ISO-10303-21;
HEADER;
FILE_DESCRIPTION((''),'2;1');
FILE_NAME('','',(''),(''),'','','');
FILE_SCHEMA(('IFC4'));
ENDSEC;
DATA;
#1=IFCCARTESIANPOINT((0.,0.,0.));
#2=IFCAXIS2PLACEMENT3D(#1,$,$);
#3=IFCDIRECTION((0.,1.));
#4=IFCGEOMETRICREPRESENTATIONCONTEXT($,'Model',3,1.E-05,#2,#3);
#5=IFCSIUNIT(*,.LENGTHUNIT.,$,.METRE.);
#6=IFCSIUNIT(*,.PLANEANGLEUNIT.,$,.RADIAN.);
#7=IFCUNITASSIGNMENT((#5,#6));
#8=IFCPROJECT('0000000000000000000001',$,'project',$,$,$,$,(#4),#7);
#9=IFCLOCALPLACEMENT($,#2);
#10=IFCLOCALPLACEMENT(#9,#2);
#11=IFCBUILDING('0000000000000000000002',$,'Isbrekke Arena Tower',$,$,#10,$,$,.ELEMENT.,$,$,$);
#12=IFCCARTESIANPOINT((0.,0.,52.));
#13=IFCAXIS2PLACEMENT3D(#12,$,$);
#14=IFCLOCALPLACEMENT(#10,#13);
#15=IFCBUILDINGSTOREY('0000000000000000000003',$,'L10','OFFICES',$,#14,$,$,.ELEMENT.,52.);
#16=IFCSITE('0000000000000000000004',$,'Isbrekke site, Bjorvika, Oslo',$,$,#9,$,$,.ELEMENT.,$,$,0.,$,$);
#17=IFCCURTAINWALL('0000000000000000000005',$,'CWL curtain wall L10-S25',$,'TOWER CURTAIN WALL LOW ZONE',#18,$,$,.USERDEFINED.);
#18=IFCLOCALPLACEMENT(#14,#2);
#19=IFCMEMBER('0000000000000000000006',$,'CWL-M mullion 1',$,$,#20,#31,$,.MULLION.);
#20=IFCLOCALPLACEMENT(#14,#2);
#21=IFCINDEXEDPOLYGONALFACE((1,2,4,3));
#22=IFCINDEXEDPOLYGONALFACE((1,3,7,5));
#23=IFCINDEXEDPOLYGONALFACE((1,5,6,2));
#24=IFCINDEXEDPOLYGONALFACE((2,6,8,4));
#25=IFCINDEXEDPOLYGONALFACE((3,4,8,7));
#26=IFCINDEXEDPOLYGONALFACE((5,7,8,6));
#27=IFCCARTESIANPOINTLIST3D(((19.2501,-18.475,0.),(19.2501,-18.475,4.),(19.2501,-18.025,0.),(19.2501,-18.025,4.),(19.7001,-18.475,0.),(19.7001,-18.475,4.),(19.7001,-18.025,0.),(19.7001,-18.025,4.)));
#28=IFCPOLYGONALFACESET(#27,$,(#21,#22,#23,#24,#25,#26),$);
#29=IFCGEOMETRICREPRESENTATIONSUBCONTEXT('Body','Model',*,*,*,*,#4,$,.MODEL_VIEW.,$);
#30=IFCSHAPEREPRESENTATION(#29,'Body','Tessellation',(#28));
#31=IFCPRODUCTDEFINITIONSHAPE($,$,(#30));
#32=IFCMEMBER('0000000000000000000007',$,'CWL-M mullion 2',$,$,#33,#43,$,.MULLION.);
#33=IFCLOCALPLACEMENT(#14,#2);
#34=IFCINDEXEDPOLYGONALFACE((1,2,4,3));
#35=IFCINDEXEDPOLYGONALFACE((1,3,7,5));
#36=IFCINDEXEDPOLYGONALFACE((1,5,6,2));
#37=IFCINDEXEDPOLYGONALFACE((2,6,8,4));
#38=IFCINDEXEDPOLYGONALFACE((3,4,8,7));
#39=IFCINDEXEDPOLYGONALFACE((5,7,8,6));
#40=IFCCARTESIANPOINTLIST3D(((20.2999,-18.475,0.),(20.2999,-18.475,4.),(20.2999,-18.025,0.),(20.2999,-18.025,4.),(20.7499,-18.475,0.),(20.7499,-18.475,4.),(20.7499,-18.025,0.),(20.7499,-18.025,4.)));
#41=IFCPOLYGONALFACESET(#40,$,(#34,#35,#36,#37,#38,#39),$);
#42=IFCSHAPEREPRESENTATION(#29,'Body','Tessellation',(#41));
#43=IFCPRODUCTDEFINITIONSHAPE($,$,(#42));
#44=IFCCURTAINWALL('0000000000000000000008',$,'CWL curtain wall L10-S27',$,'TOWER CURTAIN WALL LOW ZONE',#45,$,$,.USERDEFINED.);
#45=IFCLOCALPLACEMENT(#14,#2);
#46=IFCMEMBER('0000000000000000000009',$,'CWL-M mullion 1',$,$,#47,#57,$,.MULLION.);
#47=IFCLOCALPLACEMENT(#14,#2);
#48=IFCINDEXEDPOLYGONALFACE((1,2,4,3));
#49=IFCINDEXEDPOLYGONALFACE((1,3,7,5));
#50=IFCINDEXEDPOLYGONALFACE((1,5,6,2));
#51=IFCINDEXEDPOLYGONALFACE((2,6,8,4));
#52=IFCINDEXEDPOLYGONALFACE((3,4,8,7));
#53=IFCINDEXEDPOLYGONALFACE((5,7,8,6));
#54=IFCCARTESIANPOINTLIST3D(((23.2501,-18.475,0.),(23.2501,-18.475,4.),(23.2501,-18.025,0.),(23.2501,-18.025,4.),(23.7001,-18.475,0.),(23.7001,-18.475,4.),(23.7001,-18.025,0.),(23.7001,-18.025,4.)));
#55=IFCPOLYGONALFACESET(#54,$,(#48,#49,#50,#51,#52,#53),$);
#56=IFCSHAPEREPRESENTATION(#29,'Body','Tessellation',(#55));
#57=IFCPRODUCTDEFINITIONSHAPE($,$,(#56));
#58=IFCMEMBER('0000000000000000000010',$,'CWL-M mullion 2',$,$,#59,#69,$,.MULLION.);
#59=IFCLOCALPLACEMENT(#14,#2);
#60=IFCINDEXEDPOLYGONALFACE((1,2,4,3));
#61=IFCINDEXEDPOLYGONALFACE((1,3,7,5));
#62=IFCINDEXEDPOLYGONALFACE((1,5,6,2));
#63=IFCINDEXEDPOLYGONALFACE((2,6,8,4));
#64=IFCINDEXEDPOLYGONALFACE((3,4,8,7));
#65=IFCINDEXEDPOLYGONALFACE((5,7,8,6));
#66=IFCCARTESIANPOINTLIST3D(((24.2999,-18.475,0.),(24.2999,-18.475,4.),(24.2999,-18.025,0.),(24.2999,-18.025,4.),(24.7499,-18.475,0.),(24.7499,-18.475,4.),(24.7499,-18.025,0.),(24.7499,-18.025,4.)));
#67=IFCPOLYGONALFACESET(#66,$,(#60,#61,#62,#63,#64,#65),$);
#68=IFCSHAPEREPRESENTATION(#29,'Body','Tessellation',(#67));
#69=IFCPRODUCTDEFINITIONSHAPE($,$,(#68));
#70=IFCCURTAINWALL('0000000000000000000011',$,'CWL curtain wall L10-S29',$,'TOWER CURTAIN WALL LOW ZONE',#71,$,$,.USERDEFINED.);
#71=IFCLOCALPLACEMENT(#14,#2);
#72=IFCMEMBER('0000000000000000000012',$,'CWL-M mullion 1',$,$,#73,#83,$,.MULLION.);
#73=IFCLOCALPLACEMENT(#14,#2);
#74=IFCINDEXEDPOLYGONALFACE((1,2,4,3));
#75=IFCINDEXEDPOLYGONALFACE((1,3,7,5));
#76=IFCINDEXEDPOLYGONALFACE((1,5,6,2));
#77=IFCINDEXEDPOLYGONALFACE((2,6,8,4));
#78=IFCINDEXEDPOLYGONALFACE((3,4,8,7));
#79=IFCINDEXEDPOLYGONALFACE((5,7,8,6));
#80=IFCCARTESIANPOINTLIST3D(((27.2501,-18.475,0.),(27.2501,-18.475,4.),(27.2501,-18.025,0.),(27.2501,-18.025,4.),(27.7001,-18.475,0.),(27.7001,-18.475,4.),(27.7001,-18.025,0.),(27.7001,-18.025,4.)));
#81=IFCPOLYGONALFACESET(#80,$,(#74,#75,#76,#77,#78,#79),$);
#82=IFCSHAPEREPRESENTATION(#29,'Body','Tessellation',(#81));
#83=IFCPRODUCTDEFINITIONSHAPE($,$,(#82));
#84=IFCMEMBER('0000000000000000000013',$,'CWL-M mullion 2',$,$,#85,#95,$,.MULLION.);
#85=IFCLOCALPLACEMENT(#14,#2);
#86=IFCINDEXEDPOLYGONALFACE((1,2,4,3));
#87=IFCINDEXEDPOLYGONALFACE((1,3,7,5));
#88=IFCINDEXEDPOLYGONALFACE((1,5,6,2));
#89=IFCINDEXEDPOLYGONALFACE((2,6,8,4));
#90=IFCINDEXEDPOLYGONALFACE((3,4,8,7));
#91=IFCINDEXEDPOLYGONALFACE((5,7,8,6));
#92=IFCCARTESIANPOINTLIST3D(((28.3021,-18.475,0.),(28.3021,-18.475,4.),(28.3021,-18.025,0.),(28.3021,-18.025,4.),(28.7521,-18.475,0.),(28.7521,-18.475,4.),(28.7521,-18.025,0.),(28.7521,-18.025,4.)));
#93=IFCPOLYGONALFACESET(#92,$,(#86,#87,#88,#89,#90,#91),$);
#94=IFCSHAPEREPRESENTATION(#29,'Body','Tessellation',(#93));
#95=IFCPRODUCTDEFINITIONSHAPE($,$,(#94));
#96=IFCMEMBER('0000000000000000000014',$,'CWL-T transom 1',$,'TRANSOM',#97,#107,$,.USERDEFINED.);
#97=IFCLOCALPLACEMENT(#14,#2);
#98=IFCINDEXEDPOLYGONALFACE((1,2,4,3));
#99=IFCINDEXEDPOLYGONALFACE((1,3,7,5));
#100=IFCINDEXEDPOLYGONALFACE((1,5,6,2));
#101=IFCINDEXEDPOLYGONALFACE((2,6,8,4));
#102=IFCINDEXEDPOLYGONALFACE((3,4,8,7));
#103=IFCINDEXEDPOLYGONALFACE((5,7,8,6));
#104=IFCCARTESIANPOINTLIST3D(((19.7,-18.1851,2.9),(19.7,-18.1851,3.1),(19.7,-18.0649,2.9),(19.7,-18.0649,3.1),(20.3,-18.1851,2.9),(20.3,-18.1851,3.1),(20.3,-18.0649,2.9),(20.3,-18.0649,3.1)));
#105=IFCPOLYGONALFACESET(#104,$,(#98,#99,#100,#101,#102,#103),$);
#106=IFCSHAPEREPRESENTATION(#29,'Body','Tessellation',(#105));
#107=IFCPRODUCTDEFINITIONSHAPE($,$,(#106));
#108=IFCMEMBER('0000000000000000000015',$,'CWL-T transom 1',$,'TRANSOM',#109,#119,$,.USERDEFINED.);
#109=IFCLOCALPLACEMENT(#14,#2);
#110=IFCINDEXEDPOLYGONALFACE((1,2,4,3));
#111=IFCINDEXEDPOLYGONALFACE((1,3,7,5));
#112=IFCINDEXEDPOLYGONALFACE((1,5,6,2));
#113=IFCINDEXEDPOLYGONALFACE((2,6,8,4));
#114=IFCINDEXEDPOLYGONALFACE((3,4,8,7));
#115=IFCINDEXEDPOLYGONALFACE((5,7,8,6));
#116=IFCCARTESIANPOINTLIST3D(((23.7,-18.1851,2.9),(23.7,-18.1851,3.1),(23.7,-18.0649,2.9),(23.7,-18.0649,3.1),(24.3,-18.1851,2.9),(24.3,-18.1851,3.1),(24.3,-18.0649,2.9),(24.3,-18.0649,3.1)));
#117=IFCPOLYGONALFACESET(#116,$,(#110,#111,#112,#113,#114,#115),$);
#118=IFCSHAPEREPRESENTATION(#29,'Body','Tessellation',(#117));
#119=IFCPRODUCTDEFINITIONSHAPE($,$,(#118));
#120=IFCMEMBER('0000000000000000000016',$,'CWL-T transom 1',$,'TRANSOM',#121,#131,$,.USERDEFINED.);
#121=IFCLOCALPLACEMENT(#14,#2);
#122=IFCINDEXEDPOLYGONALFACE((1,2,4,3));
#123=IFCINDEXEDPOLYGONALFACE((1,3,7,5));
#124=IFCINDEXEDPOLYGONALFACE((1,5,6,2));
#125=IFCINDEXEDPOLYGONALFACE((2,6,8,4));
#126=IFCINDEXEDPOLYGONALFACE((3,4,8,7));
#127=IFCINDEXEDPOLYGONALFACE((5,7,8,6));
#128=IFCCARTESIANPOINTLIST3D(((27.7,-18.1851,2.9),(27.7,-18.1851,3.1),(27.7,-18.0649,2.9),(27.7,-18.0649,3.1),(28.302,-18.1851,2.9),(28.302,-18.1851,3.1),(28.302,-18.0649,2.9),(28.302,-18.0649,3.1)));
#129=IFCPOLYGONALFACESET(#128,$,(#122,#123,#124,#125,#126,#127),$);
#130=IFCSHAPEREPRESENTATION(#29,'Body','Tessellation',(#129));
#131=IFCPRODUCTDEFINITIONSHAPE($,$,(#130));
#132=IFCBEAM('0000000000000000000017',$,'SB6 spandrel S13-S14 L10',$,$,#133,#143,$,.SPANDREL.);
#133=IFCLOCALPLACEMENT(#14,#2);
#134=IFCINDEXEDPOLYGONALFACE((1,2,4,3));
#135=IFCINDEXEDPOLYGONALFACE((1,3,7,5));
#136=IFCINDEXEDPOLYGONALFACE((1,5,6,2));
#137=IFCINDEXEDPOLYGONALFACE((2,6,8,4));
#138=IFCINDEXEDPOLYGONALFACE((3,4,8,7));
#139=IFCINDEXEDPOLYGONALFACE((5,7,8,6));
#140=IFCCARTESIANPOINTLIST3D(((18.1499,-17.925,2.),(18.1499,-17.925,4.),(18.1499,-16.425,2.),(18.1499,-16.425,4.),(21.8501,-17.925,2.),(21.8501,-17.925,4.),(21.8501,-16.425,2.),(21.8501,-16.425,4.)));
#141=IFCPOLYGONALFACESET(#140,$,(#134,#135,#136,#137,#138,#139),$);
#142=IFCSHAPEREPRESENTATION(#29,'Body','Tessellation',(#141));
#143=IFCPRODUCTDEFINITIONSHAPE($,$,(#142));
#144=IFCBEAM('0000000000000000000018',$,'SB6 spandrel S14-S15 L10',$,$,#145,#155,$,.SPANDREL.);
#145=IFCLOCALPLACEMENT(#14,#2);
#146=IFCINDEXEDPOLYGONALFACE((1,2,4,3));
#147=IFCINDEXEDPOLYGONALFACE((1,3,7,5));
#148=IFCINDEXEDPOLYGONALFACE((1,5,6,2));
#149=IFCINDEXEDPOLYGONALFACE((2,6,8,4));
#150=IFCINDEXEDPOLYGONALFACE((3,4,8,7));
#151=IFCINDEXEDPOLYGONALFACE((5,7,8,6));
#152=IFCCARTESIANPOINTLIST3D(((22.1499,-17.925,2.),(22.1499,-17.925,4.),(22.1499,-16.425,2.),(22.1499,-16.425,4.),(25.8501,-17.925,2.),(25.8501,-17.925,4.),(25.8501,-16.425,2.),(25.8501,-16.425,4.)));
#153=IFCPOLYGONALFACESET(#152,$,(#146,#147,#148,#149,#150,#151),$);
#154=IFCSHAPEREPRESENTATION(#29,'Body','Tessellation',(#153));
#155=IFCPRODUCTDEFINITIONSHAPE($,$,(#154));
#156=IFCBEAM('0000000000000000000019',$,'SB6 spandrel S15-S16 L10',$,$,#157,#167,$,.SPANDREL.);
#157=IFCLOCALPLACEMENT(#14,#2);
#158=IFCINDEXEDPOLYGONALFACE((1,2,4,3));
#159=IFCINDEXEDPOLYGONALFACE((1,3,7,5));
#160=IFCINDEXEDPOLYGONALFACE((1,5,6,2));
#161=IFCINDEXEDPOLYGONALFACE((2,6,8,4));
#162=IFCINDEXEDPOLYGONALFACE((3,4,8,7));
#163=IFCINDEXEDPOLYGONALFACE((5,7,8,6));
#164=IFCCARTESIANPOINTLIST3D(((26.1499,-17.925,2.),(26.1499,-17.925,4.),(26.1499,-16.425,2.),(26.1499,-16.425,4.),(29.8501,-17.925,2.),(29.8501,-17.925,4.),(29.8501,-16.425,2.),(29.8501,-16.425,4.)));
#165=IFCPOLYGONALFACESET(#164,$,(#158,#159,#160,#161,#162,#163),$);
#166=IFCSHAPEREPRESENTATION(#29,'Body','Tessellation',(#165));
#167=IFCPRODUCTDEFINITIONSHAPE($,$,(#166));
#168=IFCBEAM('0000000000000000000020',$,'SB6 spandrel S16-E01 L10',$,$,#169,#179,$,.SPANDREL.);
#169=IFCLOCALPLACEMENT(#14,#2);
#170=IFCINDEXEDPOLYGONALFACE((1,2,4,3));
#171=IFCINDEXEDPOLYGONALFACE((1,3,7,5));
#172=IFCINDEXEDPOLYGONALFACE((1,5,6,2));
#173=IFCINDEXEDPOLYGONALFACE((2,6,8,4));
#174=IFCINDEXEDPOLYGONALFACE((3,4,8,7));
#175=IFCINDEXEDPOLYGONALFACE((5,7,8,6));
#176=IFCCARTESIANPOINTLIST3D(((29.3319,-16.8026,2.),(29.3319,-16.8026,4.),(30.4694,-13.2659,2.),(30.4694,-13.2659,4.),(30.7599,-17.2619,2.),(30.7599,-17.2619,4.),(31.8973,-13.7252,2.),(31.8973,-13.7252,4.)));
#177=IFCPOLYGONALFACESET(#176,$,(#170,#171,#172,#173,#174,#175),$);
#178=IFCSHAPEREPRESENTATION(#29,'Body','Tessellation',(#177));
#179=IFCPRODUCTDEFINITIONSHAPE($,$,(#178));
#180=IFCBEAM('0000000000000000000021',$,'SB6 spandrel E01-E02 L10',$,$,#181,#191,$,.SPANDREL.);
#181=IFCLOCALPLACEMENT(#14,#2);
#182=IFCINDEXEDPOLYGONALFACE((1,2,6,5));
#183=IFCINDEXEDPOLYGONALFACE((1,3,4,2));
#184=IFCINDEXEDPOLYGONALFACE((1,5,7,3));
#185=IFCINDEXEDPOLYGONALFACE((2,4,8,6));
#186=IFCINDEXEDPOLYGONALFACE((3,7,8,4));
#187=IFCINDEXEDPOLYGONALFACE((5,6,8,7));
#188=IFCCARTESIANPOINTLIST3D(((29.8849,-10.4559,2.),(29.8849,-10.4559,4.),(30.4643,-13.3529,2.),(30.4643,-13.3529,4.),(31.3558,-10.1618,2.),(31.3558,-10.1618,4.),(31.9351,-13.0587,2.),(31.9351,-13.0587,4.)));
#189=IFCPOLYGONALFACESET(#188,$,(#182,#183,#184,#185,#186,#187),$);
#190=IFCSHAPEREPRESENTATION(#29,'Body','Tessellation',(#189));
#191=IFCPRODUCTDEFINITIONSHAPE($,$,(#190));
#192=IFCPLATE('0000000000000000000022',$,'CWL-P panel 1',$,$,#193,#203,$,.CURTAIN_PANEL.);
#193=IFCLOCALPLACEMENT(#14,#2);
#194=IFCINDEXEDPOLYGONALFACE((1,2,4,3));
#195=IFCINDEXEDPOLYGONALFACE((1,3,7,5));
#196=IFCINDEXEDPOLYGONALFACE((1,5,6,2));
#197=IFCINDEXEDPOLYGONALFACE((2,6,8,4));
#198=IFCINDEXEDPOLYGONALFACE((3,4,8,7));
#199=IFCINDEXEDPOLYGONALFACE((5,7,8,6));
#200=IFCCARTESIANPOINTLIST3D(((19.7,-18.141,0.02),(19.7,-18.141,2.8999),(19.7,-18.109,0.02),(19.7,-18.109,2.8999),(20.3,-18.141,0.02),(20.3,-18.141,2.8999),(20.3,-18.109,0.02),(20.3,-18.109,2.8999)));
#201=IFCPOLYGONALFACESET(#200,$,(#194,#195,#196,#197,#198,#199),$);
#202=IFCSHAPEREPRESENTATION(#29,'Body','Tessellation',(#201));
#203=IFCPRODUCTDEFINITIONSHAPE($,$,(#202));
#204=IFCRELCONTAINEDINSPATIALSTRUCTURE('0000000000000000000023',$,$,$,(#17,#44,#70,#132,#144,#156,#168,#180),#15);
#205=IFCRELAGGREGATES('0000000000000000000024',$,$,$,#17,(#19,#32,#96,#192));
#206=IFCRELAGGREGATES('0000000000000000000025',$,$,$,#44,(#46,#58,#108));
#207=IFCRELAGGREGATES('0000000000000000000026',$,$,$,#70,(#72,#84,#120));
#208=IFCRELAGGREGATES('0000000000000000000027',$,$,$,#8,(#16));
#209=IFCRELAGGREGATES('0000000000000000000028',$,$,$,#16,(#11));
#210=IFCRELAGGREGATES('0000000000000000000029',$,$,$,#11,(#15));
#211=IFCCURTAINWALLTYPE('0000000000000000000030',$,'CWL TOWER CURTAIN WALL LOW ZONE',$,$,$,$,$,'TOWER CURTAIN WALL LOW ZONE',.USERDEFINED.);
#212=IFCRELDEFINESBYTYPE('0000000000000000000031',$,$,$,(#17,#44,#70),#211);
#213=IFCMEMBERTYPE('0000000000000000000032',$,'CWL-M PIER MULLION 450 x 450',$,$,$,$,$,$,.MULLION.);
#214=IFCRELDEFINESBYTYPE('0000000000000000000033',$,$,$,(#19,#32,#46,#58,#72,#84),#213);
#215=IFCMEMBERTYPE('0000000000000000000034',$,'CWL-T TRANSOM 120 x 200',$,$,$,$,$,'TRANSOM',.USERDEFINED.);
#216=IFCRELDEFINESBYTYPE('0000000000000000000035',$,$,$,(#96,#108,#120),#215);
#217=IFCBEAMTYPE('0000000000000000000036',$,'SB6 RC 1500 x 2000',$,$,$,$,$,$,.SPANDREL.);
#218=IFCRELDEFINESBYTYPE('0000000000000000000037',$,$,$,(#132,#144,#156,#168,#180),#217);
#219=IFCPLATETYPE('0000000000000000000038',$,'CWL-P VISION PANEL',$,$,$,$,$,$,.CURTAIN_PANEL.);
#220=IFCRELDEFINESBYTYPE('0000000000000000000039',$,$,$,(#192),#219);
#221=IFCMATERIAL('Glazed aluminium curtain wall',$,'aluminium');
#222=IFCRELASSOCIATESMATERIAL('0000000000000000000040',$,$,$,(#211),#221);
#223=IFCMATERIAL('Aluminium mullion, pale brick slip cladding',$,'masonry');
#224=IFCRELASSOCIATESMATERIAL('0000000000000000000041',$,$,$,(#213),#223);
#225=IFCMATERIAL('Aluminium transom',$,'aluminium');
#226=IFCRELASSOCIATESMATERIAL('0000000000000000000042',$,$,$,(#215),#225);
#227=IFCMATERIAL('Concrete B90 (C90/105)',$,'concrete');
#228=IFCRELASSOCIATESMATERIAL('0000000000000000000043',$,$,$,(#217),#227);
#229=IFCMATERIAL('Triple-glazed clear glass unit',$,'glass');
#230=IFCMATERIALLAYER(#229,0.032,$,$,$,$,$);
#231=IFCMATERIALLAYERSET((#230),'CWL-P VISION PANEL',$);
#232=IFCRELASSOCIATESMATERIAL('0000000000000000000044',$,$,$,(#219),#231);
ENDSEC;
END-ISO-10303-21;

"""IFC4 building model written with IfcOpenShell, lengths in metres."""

from ifc_helpers import new_model, si_unit, direction, frame, origin, origin_2d, place, context, subcontext, project, spatial, rectangle, extrude, material, layer, layer_set, material_profile, profile_set, type_object, element, aggregate, save


model = new_model("IFC4")

# Units and contexts
model_context = context("Model", 3, precision=1e-05, world=origin(), true_north=direction((0.0, 1.0)))
body_context = subcontext(model_context, "Body", "Model", "MODEL_VIEW")
ifc_project = project(units=[si_unit("LENGTHUNIT", "METRE"), si_unit("PLANEANGLEUNIT", "RADIAN")], contexts=[model_context])

# Site, building, storey
site_placement = place(None, origin())
site = spatial("IfcSite", under=ifc_project, at=site_placement, Name="Isbrekke site, Bjorvika, Oslo", CompositionType="ELEMENT", RefElevation=0.0)
building_placement = place(site_placement, origin())
building = spatial("IfcBuilding", under=site, at=building_placement, Name="Isbrekke Arena Tower", CompositionType="ELEMENT")
storey_placement = place(building_placement, frame((0.0, 0.0, 52.0)))
storey = spatial("IfcBuildingStorey", under=building, at=storey_placement, Name="L10", Description="OFFICES", CompositionType="ELEMENT", Elevation=52.0)

# Curtain walls, members
ifc_material_1 = material(Name="Glazed aluminium curtain wall", Category="aluminium")
curtain_wall_type = type_object("IfcCurtainWallType", Name="CWL TOWER CURTAIN WALL LOW ZONE", ElementType="TOWER CURTAIN WALL LOW ZONE", PredefinedType="USERDEFINED", material=ifc_material_1)
curtain_wall_1_placement = place(storey_placement, origin())
curtain_wall_1 = element("IfcCurtainWall", 1, at=curtain_wall_1_placement, inside=storey, type_object=curtain_wall_type, Name="CWL curtain wall L10-S25", ObjectType="TOWER CURTAIN WALL LOW ZONE", PredefinedType="USERDEFINED")
ifc_material_2 = material(Name="Aluminium mullion, pale brick slip cladding", Category="masonry")
ifc_material_profile_1 = material_profile(ifc_material_2, rectangle(XDim=0.45, YDim=0.45, at=origin_2d()), Name="PIER 450X450")
ifc_profile_set_1 = profile_set([ifc_material_profile_1], Name="Aluminium mullion, pale brick slip cladding")
member_type_1 = type_object("IfcMemberType", Name="CWL-M PIER MULLION 450 x 450", PredefinedType="MULLION", material=ifc_profile_set_1)
member_1_placement = place(storey_placement, frame((19.4751, -18.25, 0.0), z_axis=(0.0, 0.0, 1.0), x_axis=(1.0, 0.0, 0.0)))
member_1 = element("IfcMember", 2, at=member_1_placement, type_object=member_type_1, Name="CWL-M mullion 1", PredefinedType="MULLION", context=body_context, shape_type="SweptSolid", body=[
    extrude(rectangle(XDim=0.45, YDim=0.45, at=origin_2d()), origin(), (0.0, 0.0, 1.0), 4.0),
])
member_2_placement = place(storey_placement, frame((20.5249, -18.25, 0.0), z_axis=(0.0, 0.0, 1.0), x_axis=(1.0, 0.0, 0.0)))
member_2 = element("IfcMember", 3, at=member_2_placement, type_object=member_type_1, Name="CWL-M mullion 2", PredefinedType="MULLION", context=body_context, shape_type="SweptSolid", body=[
    extrude(rectangle(XDim=0.45, YDim=0.45, at=origin_2d()), origin(), (0.0, 0.0, 1.0), 4.0),
])
curtain_wall_2_placement = place(storey_placement, origin())
curtain_wall_2 = element("IfcCurtainWall", 4, at=curtain_wall_2_placement, inside=storey, type_object=curtain_wall_type, Name="CWL curtain wall L10-S27", ObjectType="TOWER CURTAIN WALL LOW ZONE", PredefinedType="USERDEFINED")
member_3_placement = place(storey_placement, frame((23.4751, -18.25, 0.0), z_axis=(0.0, 0.0, 1.0), x_axis=(1.0, 0.0, 0.0)))
member_3 = element("IfcMember", 5, at=member_3_placement, type_object=member_type_1, Name="CWL-M mullion 1", PredefinedType="MULLION", context=body_context, shape_type="SweptSolid", body=[
    extrude(rectangle(XDim=0.45, YDim=0.45, at=origin_2d()), origin(), (0.0, 0.0, 1.0), 4.0),
])
member_4_placement = place(storey_placement, frame((24.5249, -18.25, 0.0), z_axis=(0.0, 0.0, 1.0), x_axis=(1.0, 0.0, 0.0)))
member_4 = element("IfcMember", 6, at=member_4_placement, type_object=member_type_1, Name="CWL-M mullion 2", PredefinedType="MULLION", context=body_context, shape_type="SweptSolid", body=[
    extrude(rectangle(XDim=0.45, YDim=0.45, at=origin_2d()), origin(), (0.0, 0.0, 1.0), 4.0),
])
curtain_wall_3_placement = place(storey_placement, origin())
curtain_wall_3 = element("IfcCurtainWall", 7, at=curtain_wall_3_placement, inside=storey, type_object=curtain_wall_type, Name="CWL curtain wall L10-S29", ObjectType="TOWER CURTAIN WALL LOW ZONE", PredefinedType="USERDEFINED")
member_5_placement = place(storey_placement, frame((27.4751, -18.25, 0.0), z_axis=(0.0, 0.0, 1.0), x_axis=(1.0, 0.0, 0.0)))
member_5 = element("IfcMember", 8, at=member_5_placement, type_object=member_type_1, Name="CWL-M mullion 1", PredefinedType="MULLION", context=body_context, shape_type="SweptSolid", body=[
    extrude(rectangle(XDim=0.45, YDim=0.45, at=origin_2d()), origin(), (0.0, 0.0, 1.0), 4.0),
])
member_6_placement = place(storey_placement, frame((28.5271, -18.25, 0.0), z_axis=(0.0, 0.0, 1.0), x_axis=(1.0, 0.0, 0.0)))
member_6 = element("IfcMember", 9, at=member_6_placement, type_object=member_type_1, Name="CWL-M mullion 2", PredefinedType="MULLION", context=body_context, shape_type="SweptSolid", body=[
    extrude(rectangle(XDim=0.45, YDim=0.45, at=origin_2d()), origin(), (0.0, 0.0, 1.0), 4.0),
])

# Members
ifc_material_3 = material(Name="Aluminium transom", Category="aluminium")
ifc_material_profile_2 = material_profile(ifc_material_3, rectangle(XDim=0.1201, YDim=0.2, at=origin_2d()), Name="TRANSOM 120X200")
ifc_profile_set_2 = profile_set([ifc_material_profile_2], Name="Aluminium transom")
member_type_2 = type_object("IfcMemberType", Name="CWL-T TRANSOM 120 x 200", ElementType="TRANSOM", PredefinedType="USERDEFINED", material=ifc_profile_set_2)
member_7_placement = place(storey_placement, frame((19.7, -18.125, 3.0), z_axis=(1.0, 0.0, 0.0), x_axis=(0.0, 1.0, 0.0)))
member_7 = element("IfcMember", 10, at=member_7_placement, type_object=member_type_2, Name="CWL-T transom 1", ObjectType="TRANSOM", PredefinedType="USERDEFINED", context=body_context, shape_type="SweptSolid", body=[
    extrude(rectangle(XDim=0.1201, YDim=0.2, at=origin_2d()), origin(), (0.0, 0.0, 1.0), 0.6001),
])
member_8_placement = place(storey_placement, frame((23.7, -18.125, 3.0), z_axis=(1.0, 0.0, 0.0), x_axis=(0.0, 1.0, 0.0)))
member_8 = element("IfcMember", 11, at=member_8_placement, type_object=member_type_2, Name="CWL-T transom 1", ObjectType="TRANSOM", PredefinedType="USERDEFINED", context=body_context, shape_type="SweptSolid", body=[
    extrude(rectangle(XDim=0.1201, YDim=0.2, at=origin_2d()), origin(), (0.0, 0.0, 1.0), 0.6001),
])
member_9_placement = place(storey_placement, frame((27.7, -18.125, 3.0), z_axis=(1.0, 0.0, 0.0), x_axis=(0.0, 1.0, 0.0)))
member_9 = element("IfcMember", 12, at=member_9_placement, type_object=member_type_2, Name="CWL-T transom 1", ObjectType="TRANSOM", PredefinedType="USERDEFINED", context=body_context, shape_type="SweptSolid", body=[
    extrude(rectangle(XDim=0.1201, YDim=0.2, at=origin_2d()), origin(), (0.0, 0.0, 1.0), 0.6021),
])

# Beams
ifc_material_4 = material(Name="Concrete B90 (C90/105)", Category="concrete")
ifc_material_profile_3 = material_profile(ifc_material_4, rectangle(XDim=1.5, YDim=2.0, at=origin_2d()), Name="RC 1500x2000")
ifc_profile_set_3 = profile_set([ifc_material_profile_3], Name="Concrete B90 (C90/105)")
beam_type_1 = type_object("IfcBeamType", Name="SB6 RC 1500 x 2000", PredefinedType="SPANDREL", material=ifc_profile_set_3)
for number, where, z_axis, x_axis, name in (
    (13, (18.1499, -17.175, 3.0), (1.0, 0.0, 0.0), (0.0, 1.0, 0.0), "SB6 spandrel S13-S14 L10"),
    (14, (22.1499, -17.175, 3.0), (1.0, 0.0, 0.0), (0.0, 1.0, 0.0), "SB6 spandrel S14-S15 L10"),
    (15, (26.1499, -17.175, 3.0), (1.0, 0.0, 0.0), (0.0, 1.0, 0.0), "SB6 spandrel S15-S16 L10"),
):
    element("IfcBeam", number, at=place(storey_placement, frame(where, z_axis=z_axis, x_axis=x_axis)), inside=storey, type_object=beam_type_1, Name=name, PredefinedType="SPANDREL", context=body_context, shape_type="SweptSolid", body=[
        extrude(rectangle(XDim=1.5, YDim=2.0, at=origin_2d()), origin(), (0.0, 0.0, 1.0), 3.7002),
    ])
beam_1_placement = place(storey_placement, frame((30.0459, -17.0322, 3.0), z_axis=(0.306175, 0.951975, 0.0), x_axis=(-0.951975, 0.306175, 0.0)))
element("IfcBeam", 16, at=beam_1_placement, inside=storey, type_object=beam_type_1, Name="SB6 spandrel S16-E01 L10", PredefinedType="SPANDREL", context=body_context, shape_type="SweptSolid", body=[
    extrude(rectangle(XDim=1.5, YDim=2.0, at=origin_2d()), origin(), (0.0, 0.0, 1.0), 3.7151),
])
beam_2_placement = place(storey_placement, frame((31.1997, -13.2058, 3.0), z_axis=(-0.1961, 0.980584, 0.0), x_axis=(-0.980584, -0.1961, 0.0)))
element("IfcBeam", 17, at=beam_2_placement, inside=storey, type_object=beam_type_1, Name="SB6 spandrel E01-E02 L10", PredefinedType="SPANDREL", context=body_context, shape_type="SweptSolid", body=[
    extrude(rectangle(XDim=1.5, YDim=2.0, at=origin_2d()), origin(), (0.0, 0.0, 1.0), 2.9543),
])

# Plate
ifc_material_5 = material(Name="Triple-glazed clear glass unit", Category="glass")
ifc_layer_1 = layer(ifc_material_5, 0.032)
ifc_layer_set_1 = layer_set([ifc_layer_1], Name="CWL-P VISION PANEL")
plate_type = type_object("IfcPlateType", Name="CWL-P VISION PANEL", PredefinedType="CURTAIN_PANEL", material=ifc_layer_set_1)
plate_1_placement = place(storey_placement, frame((20.0, -18.125, 0.02), z_axis=(0.0, 0.0, 1.0), x_axis=(1.0, 0.0, 0.0)))
plate_1 = element("IfcPlate", 18, at=plate_1_placement, type_object=plate_type, Name="CWL-P panel 1", PredefinedType="CURTAIN_PANEL", context=body_context, shape_type="SweptSolid", body=[
    extrude(rectangle(XDim=0.6001, YDim=0.032, at=origin_2d()), origin(), (0.0, 0.0, 1.0), 2.8799),
])
aggregate(curtain_wall_1, [member_1, member_2, member_7, plate_1])
aggregate(curtain_wall_2, [member_3, member_4, member_8])
aggregate(curtain_wall_3, [member_5, member_6, member_9])

save(model, "model.ifc")
